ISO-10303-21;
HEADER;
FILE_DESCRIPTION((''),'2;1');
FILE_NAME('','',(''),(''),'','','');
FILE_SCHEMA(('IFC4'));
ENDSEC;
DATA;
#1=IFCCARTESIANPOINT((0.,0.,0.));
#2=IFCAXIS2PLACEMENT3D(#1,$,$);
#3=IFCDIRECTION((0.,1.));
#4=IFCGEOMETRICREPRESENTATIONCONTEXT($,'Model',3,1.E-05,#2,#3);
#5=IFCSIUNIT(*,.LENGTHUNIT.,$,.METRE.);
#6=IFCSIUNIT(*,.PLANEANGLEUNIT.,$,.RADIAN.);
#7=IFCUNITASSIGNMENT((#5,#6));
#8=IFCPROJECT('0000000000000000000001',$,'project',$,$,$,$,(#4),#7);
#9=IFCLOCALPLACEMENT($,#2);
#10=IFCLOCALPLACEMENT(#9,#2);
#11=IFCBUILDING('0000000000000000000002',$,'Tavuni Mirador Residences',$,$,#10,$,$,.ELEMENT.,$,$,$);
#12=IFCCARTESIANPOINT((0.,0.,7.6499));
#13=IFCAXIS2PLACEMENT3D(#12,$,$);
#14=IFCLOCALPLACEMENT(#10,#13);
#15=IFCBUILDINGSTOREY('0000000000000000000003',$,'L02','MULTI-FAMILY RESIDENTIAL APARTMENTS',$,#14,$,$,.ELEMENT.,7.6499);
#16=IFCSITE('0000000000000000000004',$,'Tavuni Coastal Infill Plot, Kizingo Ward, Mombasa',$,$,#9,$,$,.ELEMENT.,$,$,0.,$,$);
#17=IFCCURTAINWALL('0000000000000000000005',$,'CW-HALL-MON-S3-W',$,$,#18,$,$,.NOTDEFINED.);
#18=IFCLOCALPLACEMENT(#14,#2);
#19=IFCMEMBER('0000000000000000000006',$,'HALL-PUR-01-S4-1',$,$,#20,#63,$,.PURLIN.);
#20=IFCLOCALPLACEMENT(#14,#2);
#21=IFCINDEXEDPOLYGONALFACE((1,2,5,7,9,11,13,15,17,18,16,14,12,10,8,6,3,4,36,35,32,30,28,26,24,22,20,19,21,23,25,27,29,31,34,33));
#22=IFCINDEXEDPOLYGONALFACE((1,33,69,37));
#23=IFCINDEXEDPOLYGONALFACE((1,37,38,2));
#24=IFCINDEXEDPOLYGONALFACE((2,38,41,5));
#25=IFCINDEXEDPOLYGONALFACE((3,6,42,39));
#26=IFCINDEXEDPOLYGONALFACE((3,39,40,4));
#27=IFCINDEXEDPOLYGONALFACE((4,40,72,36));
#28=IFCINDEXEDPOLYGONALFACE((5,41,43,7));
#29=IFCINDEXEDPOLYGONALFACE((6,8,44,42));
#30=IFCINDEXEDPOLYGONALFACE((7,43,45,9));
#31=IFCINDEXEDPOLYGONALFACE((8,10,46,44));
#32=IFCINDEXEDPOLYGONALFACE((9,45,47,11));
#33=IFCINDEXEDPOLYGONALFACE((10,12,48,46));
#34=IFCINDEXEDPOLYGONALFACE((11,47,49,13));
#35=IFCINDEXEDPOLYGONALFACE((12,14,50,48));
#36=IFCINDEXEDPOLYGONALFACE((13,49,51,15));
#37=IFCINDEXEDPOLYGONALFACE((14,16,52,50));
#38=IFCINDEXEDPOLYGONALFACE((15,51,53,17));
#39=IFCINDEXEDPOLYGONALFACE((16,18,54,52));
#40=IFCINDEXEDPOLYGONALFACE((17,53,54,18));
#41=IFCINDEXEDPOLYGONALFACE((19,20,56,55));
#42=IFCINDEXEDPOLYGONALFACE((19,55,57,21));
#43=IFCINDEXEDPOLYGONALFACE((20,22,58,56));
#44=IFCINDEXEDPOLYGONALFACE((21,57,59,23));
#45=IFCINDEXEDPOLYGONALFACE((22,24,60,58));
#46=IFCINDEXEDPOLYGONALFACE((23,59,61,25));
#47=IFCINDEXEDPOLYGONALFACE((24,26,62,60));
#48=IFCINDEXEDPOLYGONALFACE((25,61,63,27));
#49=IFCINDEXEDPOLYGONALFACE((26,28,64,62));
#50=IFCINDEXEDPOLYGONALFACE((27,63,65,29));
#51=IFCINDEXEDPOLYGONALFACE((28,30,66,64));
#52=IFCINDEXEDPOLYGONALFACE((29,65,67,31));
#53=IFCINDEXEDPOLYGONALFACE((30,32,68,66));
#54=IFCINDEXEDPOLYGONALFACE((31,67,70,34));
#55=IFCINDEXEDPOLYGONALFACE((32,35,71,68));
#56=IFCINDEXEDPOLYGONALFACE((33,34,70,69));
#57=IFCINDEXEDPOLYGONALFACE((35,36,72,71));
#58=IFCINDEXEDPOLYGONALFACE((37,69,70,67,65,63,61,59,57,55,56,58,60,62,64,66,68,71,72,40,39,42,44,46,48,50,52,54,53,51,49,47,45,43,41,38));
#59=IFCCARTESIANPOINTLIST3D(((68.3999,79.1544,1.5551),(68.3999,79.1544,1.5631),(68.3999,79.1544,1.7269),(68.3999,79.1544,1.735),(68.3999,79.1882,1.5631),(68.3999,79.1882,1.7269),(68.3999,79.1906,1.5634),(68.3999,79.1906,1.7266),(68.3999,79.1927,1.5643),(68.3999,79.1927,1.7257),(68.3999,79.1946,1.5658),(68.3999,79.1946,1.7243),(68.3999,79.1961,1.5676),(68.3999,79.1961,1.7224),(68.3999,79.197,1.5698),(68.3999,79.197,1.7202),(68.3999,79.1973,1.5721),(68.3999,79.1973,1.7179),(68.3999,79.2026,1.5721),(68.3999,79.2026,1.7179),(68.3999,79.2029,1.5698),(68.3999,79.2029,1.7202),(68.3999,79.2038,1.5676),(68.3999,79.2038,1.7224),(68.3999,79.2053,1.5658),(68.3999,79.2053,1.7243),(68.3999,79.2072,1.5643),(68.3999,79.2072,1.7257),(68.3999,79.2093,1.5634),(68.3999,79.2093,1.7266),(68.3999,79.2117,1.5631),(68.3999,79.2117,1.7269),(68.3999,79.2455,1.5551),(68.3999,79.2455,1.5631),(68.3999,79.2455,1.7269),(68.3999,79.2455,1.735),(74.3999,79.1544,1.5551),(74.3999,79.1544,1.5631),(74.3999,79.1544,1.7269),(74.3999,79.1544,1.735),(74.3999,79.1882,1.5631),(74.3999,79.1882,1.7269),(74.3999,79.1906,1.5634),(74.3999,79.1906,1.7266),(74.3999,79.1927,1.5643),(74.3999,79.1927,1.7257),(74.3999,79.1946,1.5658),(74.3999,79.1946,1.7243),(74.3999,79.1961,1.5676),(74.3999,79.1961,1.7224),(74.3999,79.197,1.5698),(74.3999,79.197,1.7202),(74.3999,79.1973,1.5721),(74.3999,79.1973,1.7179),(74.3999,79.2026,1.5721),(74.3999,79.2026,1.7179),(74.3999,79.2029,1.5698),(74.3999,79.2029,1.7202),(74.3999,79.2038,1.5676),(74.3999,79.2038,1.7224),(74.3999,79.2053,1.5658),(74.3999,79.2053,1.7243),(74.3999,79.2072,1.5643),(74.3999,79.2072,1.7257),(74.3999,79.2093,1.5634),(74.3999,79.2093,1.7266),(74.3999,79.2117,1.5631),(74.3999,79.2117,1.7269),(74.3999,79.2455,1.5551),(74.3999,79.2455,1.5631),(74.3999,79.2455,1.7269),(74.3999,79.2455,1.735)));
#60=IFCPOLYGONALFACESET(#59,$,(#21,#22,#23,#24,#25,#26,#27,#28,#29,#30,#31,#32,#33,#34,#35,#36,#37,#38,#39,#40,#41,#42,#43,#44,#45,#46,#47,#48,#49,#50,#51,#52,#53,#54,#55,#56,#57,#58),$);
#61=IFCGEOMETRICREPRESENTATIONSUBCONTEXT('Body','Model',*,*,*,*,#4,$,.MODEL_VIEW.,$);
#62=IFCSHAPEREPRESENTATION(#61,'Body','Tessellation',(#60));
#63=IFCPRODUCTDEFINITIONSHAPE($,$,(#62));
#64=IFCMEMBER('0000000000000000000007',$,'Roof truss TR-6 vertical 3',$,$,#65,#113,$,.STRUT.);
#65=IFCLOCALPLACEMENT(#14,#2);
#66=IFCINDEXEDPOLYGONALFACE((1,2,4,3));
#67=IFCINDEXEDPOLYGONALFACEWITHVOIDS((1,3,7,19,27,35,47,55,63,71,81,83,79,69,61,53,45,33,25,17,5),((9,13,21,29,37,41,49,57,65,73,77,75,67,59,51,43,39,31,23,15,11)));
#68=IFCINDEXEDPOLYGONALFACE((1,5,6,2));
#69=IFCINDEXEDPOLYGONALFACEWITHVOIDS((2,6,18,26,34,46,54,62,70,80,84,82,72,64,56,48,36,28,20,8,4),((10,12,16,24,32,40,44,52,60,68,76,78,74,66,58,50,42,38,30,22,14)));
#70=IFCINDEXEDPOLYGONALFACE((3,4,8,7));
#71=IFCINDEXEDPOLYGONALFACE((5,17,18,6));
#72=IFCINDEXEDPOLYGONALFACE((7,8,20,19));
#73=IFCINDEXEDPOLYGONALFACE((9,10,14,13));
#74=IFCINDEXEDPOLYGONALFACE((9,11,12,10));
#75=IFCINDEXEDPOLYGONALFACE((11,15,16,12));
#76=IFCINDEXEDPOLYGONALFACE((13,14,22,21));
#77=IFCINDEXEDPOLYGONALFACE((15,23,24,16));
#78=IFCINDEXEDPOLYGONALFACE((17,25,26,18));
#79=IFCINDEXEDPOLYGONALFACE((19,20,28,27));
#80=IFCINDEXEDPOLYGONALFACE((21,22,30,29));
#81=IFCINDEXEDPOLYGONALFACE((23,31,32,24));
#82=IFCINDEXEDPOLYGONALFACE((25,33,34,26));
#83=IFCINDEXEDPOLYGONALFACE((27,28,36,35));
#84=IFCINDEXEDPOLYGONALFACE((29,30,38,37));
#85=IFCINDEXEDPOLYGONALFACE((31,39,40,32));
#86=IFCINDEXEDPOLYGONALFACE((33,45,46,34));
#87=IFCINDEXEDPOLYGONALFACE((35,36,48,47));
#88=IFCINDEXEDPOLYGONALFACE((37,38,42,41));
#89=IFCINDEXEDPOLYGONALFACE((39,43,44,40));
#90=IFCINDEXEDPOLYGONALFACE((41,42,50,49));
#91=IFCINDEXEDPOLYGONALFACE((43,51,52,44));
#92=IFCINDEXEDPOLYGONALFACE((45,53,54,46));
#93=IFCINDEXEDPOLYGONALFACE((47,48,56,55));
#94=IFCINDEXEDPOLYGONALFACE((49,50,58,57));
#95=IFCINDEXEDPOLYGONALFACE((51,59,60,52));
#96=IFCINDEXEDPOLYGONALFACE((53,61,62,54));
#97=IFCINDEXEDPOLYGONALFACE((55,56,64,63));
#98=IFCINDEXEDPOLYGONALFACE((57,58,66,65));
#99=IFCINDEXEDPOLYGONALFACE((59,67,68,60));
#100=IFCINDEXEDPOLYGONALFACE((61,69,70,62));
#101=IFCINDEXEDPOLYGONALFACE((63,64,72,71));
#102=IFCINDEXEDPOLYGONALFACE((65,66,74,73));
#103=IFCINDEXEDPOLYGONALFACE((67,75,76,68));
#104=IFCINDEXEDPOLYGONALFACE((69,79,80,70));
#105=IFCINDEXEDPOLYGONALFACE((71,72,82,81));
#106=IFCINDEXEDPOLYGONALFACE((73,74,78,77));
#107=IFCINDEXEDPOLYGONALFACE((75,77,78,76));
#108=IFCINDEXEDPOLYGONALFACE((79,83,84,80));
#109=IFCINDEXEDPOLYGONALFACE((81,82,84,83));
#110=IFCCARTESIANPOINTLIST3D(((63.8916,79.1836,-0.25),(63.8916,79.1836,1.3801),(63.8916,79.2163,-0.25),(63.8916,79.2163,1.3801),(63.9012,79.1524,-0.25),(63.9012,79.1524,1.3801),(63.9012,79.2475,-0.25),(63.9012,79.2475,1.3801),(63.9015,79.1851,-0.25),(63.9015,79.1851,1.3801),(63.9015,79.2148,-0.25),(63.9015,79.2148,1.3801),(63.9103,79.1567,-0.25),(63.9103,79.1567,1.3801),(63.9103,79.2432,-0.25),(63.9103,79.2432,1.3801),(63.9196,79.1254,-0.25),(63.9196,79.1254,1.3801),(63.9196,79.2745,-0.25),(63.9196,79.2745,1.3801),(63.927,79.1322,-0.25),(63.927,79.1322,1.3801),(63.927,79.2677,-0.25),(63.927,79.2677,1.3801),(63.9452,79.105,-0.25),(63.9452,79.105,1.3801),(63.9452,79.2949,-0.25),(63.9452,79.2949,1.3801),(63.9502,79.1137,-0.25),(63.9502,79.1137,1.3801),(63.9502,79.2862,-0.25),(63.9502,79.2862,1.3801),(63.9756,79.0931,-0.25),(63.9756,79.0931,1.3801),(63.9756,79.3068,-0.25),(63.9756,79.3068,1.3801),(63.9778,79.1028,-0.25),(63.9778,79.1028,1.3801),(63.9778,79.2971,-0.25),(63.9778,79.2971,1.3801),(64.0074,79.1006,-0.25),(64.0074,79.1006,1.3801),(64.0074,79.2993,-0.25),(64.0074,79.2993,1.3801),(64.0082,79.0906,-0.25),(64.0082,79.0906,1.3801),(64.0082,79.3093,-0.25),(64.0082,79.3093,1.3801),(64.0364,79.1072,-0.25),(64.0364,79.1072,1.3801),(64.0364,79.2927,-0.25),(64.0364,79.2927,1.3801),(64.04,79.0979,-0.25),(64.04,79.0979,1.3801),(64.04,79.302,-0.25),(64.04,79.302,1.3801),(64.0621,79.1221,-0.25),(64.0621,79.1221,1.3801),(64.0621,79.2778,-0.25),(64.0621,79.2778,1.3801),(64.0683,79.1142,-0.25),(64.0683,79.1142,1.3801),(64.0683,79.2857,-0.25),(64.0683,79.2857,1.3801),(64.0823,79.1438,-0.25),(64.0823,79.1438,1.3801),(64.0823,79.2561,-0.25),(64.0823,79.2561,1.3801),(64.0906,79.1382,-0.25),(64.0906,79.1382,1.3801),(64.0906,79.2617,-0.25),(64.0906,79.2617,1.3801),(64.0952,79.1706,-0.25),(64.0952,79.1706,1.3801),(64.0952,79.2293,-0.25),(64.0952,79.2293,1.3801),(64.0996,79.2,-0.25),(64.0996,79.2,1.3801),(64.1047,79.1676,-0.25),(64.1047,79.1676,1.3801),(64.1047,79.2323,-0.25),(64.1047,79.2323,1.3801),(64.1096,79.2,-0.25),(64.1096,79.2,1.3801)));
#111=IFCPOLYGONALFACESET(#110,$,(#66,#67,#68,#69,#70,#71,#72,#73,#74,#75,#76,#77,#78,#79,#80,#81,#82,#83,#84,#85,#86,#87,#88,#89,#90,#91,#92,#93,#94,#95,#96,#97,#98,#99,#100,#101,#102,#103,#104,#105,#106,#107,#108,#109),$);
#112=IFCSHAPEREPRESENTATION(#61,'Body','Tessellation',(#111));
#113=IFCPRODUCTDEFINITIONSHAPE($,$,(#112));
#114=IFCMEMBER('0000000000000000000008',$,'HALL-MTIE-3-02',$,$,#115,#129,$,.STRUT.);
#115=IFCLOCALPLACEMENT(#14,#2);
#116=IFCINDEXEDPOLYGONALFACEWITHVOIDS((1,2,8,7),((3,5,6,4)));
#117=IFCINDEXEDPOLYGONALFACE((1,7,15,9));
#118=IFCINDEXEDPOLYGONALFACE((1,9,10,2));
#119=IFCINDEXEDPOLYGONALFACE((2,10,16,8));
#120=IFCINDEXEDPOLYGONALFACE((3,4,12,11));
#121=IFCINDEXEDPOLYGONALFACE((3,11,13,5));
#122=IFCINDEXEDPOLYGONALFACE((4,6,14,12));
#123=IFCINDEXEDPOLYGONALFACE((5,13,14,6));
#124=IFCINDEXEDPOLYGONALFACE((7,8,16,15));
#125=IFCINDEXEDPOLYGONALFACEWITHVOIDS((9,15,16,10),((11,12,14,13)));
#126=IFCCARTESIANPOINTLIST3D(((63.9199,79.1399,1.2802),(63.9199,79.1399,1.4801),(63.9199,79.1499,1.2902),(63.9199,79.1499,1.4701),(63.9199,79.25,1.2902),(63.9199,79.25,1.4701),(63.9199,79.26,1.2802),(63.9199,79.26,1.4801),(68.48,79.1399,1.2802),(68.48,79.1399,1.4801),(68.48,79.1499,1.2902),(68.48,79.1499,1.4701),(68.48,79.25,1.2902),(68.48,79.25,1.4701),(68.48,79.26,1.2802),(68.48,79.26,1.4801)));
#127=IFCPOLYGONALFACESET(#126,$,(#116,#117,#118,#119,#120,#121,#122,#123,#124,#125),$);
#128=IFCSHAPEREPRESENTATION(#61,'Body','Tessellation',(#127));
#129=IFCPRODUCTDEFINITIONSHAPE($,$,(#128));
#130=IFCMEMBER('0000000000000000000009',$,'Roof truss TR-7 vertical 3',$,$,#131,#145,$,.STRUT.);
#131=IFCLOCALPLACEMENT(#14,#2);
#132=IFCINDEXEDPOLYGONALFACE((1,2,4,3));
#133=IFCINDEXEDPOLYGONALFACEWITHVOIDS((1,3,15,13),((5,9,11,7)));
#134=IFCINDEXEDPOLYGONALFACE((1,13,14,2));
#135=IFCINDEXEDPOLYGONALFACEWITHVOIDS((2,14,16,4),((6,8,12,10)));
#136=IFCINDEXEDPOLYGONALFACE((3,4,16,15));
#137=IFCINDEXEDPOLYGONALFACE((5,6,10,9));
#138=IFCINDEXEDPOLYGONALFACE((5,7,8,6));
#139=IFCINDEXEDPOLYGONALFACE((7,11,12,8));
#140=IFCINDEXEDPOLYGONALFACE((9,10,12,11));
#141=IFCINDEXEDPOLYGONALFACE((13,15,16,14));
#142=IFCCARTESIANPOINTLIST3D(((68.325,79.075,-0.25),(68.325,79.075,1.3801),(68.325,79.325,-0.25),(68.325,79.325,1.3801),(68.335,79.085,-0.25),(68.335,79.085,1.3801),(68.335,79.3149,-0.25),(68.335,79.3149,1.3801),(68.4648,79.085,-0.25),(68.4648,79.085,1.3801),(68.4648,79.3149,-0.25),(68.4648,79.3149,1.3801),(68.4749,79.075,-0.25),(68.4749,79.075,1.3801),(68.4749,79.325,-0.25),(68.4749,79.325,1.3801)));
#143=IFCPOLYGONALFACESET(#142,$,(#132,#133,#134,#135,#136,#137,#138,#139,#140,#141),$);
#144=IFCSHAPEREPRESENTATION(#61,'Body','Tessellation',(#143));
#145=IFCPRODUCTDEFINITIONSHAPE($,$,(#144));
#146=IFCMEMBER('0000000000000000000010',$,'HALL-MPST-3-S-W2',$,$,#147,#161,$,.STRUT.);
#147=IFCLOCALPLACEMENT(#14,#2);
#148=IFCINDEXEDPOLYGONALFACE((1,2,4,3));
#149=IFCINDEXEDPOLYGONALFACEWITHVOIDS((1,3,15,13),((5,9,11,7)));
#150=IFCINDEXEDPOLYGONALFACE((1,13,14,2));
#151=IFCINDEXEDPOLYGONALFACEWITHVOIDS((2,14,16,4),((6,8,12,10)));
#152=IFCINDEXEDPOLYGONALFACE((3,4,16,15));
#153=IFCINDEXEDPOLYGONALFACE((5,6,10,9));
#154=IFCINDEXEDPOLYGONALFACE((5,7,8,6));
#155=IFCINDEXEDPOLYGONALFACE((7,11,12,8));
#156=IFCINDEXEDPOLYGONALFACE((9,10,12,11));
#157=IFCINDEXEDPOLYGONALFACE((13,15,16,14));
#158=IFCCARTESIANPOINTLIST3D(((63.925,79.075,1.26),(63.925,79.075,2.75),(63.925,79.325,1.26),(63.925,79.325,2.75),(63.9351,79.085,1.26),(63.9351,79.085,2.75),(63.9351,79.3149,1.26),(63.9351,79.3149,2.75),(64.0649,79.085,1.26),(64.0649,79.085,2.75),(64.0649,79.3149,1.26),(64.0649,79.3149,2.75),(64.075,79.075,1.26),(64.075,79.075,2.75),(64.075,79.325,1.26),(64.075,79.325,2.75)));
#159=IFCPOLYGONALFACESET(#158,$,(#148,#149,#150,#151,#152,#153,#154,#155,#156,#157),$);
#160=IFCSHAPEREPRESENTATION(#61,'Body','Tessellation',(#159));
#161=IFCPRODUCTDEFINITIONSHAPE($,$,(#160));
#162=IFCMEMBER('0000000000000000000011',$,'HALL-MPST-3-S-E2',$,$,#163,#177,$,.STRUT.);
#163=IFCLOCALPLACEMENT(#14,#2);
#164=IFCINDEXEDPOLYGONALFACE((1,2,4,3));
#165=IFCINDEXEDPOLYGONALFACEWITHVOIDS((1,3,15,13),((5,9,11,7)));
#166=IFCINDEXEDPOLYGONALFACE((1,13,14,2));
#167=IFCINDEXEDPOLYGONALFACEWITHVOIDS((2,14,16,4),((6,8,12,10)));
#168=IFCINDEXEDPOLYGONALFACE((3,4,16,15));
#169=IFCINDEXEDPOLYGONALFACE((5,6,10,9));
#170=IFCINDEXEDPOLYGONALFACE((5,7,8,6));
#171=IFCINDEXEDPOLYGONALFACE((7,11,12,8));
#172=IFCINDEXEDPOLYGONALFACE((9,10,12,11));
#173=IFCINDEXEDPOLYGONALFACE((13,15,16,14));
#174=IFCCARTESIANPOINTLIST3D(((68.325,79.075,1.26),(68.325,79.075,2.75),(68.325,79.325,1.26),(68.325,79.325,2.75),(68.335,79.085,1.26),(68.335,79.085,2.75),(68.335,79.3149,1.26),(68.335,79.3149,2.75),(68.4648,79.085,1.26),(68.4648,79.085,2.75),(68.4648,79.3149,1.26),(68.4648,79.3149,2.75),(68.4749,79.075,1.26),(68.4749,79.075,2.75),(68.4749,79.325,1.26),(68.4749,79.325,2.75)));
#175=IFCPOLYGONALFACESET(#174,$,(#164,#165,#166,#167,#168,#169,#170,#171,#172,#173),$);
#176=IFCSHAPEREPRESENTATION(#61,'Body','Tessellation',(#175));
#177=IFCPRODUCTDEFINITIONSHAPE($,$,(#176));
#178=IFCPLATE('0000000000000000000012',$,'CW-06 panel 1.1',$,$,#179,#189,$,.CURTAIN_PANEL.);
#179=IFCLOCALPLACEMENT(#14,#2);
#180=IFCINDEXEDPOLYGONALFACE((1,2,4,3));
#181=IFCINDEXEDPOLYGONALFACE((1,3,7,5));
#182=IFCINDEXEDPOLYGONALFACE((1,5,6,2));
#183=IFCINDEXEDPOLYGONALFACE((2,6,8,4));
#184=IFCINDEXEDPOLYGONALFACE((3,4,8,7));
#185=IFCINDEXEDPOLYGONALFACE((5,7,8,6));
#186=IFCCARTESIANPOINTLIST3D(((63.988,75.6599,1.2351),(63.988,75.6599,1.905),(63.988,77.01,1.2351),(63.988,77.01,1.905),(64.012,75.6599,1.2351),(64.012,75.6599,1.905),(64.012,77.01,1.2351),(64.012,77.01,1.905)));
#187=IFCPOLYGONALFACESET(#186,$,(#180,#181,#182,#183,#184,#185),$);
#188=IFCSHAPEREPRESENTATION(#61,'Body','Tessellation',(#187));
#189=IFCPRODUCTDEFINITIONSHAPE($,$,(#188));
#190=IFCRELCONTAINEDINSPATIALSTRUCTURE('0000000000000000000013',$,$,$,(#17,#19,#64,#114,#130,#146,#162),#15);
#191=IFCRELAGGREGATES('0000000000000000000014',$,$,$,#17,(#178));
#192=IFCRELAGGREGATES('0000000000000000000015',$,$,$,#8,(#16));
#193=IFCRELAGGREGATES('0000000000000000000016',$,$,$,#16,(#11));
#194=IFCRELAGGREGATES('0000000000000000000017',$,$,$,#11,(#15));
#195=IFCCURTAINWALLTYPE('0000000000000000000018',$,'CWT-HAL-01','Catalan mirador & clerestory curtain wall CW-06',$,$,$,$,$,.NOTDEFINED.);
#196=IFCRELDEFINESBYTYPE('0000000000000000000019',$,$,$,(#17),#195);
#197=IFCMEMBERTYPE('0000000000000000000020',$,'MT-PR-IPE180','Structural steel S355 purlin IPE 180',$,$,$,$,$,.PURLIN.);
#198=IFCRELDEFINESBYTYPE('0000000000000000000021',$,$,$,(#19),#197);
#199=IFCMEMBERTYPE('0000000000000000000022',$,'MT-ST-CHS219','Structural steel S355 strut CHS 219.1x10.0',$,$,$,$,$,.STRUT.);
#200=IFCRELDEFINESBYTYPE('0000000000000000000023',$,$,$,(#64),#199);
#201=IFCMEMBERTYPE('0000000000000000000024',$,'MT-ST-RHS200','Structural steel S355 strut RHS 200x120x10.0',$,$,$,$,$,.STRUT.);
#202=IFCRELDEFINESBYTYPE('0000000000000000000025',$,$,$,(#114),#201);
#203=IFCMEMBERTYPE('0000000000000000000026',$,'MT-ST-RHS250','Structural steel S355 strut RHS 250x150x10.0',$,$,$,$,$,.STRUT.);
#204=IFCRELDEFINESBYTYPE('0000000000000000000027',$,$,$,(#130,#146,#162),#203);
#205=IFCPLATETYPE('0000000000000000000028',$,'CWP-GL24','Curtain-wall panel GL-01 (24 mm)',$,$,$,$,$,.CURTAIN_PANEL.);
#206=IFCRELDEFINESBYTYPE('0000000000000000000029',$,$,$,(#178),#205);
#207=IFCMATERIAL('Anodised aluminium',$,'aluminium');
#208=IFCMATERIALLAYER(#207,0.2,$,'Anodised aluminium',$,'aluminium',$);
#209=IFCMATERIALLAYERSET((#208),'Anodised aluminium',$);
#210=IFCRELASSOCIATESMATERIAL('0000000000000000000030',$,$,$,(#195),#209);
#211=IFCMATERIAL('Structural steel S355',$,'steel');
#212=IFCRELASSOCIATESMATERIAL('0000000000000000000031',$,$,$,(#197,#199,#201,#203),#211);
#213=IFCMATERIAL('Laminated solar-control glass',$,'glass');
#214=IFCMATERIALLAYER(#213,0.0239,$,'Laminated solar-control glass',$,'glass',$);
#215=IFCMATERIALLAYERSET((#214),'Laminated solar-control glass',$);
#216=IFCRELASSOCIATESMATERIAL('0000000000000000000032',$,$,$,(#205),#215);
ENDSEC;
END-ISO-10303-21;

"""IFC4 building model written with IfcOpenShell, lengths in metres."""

from ifc_helpers import new_model, si_unit, direction, frame, origin, origin_2d, place, context, subcontext, project, spatial, rectangle, hollow_rectangle, hollow_circle, i_section, extrude, material, layer, layer_set, material_profile, profile_set, type_object, element, aggregate, save


model = new_model("IFC4")

# Units and contexts
model_context = context("Model", 3, precision=1e-05, world=origin(), true_north=direction((0.0, 1.0)))
body_context = subcontext(model_context, "Body", "Model", "MODEL_VIEW")
ifc_project = project(units=[si_unit("LENGTHUNIT", "METRE"), si_unit("PLANEANGLEUNIT", "RADIAN")], contexts=[model_context])

# Site, building, storey
site_placement = place(None, origin())
site = spatial("IfcSite", under=ifc_project, at=site_placement, Name="Tavuni Coastal Infill Plot, Kizingo Ward, Mombasa", CompositionType="ELEMENT", RefElevation=0.0)
building_placement = place(site_placement, origin())
building = spatial("IfcBuilding", under=site, at=building_placement, Name="Tavuni Mirador Residences", CompositionType="ELEMENT")
storey_placement = place(building_placement, frame((0.0, 0.0, 7.6499)))
storey = spatial("IfcBuildingStorey", under=building, at=storey_placement, Name="L02", Description="MULTI-FAMILY RESIDENTIAL APARTMENTS", CompositionType="ELEMENT", Elevation=7.6499)

# Curtain wall
ifc_material_1 = material(Name="Anodised aluminium", Category="aluminium")
ifc_layer_1 = layer(ifc_material_1, 0.2, Name="Anodised aluminium", Category="aluminium")
ifc_layer_set_1 = layer_set([ifc_layer_1], Name="Anodised aluminium")
curtain_wall_type = type_object("IfcCurtainWallType", Name="CWT-HAL-01", Description="Catalan mirador & clerestory curtain wall CW-06", PredefinedType="NOTDEFINED", material=ifc_layer_set_1)
curtain_wall_1_placement = place(storey_placement, origin())
curtain_wall_1 = element("IfcCurtainWall", 1, at=curtain_wall_1_placement, inside=storey, type_object=curtain_wall_type, Name="CW-HALL-MON-S3-W", PredefinedType="NOTDEFINED")

# Members
ifc_material_2 = material(Name="Structural steel S355", Category="steel")
ifc_material_profile_1 = material_profile(ifc_material_2, i_section(OverallWidth=0.0911, OverallDepth=0.1799, WebThickness=0.0054, FlangeThickness=0.0081, FilletRadius=0.009, at=origin_2d()), Name="IPE 180", Category="steel")
ifc_profile_set_1 = profile_set([ifc_material_profile_1], Name="Structural steel S355")
member_type_1 = type_object("IfcMemberType", Name="MT-PR-IPE180", Description="Structural steel S355 purlin IPE 180", PredefinedType="PURLIN", material=ifc_profile_set_1)
member_1_placement = place(storey_placement, frame((68.3999, 79.2, 1.645), z_axis=(1.0, 0.0, 0.0), x_axis=(0.0, 1.0, 0.0)))
element("IfcMember", 2, at=member_1_placement, inside=storey, type_object=member_type_1, Name="HALL-PUR-01-S4-1", PredefinedType="PURLIN", context=body_context, shape_type="SweptSolid", body=[
    extrude(i_section(OverallWidth=0.0911, OverallDepth=0.1799, WebThickness=0.0054, FlangeThickness=0.0081, FilletRadius=0.009, at=origin_2d()), origin(), (0.0, 0.0, 1.0), 6.0),
])
ifc_material_profile_2 = material_profile(ifc_material_2, hollow_circle(Radius=0.1096, WallThickness=0.01, at=origin_2d()), Name="CHS 219.1x10.0", Category="steel")
ifc_profile_set_2 = profile_set([ifc_material_profile_2], Name="Structural steel S355")
member_type_2 = type_object("IfcMemberType", Name="MT-ST-CHS219", Description="Structural steel S355 strut CHS 219.1x10.0", PredefinedType="STRUT", material=ifc_profile_set_2)
member_2_placement = place(storey_placement, frame((64.0, 79.2, -0.25), z_axis=(0.0, 0.0, 1.0), x_axis=(1.0, 0.0, 0.0)))
element("IfcMember", 3, at=member_2_placement, inside=storey, type_object=member_type_2, Name="Roof truss TR-6 vertical 3", PredefinedType="STRUT", context=body_context, shape_type="SweptSolid", body=[
    extrude(hollow_circle(Radius=0.1096, WallThickness=0.01, at=origin_2d()), origin(), (0.0, 0.0, 1.0), 1.6301),
])
ifc_material_profile_3 = material_profile(ifc_material_2, hollow_rectangle(XDim=0.1201, YDim=0.2, WallThickness=0.01, at=origin_2d()), Name="RHS 200x120x10.0", Category="steel")
ifc_profile_set_3 = profile_set([ifc_material_profile_3], Name="Structural steel S355")
member_type_3 = type_object("IfcMemberType", Name="MT-ST-RHS200", Description="Structural steel S355 strut RHS 200x120x10.0", PredefinedType="STRUT", material=ifc_profile_set_3)
member_3_placement = place(storey_placement, frame((63.9199, 79.2, 1.3801), z_axis=(1.0, 0.0, 0.0), x_axis=(0.0, 1.0, 0.0)))
element("IfcMember", 4, at=member_3_placement, inside=storey, type_object=member_type_3, Name="HALL-MTIE-3-02", PredefinedType="STRUT", context=body_context, shape_type="SweptSolid", body=[
    extrude(hollow_rectangle(XDim=0.1201, YDim=0.2, WallThickness=0.01, at=origin_2d()), origin(), (0.0, 0.0, 1.0), 4.5601),
])
ifc_material_profile_4 = material_profile(ifc_material_2, hollow_rectangle(XDim=0.1499, YDim=0.25, WallThickness=0.01, at=origin_2d()), Name="RHS 250x150x10.0", Category="steel")
ifc_profile_set_4 = profile_set([ifc_material_profile_4], Name="Structural steel S355")
member_type_4 = type_object("IfcMemberType", Name="MT-ST-RHS250", Description="Structural steel S355 strut RHS 250x150x10.0", PredefinedType="STRUT", material=ifc_profile_set_4)
member_4_placement = place(storey_placement, frame((68.3999, 79.2, -0.25), z_axis=(0.0, 0.0, 1.0), x_axis=(1.0, 0.0, 0.0)))
element("IfcMember", 5, at=member_4_placement, inside=storey, type_object=member_type_4, Name="Roof truss TR-7 vertical 3", PredefinedType="STRUT", context=body_context, shape_type="SweptSolid", body=[
    extrude(hollow_rectangle(XDim=0.1499, YDim=0.25, WallThickness=0.01, at=origin_2d()), origin(), (0.0, 0.0, 1.0), 1.6301),
])
for number, where, z_axis, x_axis, name in (
    (6, (64.0, 79.2, 1.26), (0.0, 0.0, 1.0), (1.0, 0.0, 0.0), "HALL-MPST-3-S-W2"),
    (7, (68.3999, 79.2, 1.26), (0.0, 0.0, 1.0), (1.0, 0.0, 0.0), "HALL-MPST-3-S-E2"),
):
    element("IfcMember", number, at=place(storey_placement, frame(where, z_axis=z_axis, x_axis=x_axis)), inside=storey, type_object=member_type_4, Name=name, PredefinedType="STRUT", context=body_context, shape_type="SweptSolid", body=[
        extrude(hollow_rectangle(XDim=0.1499, YDim=0.25, WallThickness=0.01, at=origin_2d()), origin(), (0.0, 0.0, 1.0), 1.49),
    ])

# Plate
ifc_material_3 = material(Name="Laminated solar-control glass", Category="glass")
ifc_layer_2 = layer(ifc_material_3, 0.0239, Name="Laminated solar-control glass", Category="glass")
ifc_layer_set_2 = layer_set([ifc_layer_2], Name="Laminated solar-control glass")
plate_type_1 = type_object("IfcPlateType", Name="CWP-GL24", Description="Curtain-wall panel GL-01 (24 mm)", PredefinedType="CURTAIN_PANEL", material=ifc_layer_set_2)
plate_1_placement = place(storey_placement, frame((64.0, 76.335, 1.2351), z_axis=(0.0, 0.0, 1.0), x_axis=(0.0, 1.0, 0.0)))
plate_1 = element("IfcPlate", 8, at=plate_1_placement, type_object=plate_type_1, Name="CW-06 panel 1.1", PredefinedType="CURTAIN_PANEL", context=body_context, shape_type="SweptSolid", body=[
    extrude(rectangle(XDim=1.3501, YDim=0.0239, at=origin_2d()), origin(), (0.0, 0.0, 1.0), 0.6699),
])
aggregate(curtain_wall_1, [plate_1])

save(model, "model.ifc")
